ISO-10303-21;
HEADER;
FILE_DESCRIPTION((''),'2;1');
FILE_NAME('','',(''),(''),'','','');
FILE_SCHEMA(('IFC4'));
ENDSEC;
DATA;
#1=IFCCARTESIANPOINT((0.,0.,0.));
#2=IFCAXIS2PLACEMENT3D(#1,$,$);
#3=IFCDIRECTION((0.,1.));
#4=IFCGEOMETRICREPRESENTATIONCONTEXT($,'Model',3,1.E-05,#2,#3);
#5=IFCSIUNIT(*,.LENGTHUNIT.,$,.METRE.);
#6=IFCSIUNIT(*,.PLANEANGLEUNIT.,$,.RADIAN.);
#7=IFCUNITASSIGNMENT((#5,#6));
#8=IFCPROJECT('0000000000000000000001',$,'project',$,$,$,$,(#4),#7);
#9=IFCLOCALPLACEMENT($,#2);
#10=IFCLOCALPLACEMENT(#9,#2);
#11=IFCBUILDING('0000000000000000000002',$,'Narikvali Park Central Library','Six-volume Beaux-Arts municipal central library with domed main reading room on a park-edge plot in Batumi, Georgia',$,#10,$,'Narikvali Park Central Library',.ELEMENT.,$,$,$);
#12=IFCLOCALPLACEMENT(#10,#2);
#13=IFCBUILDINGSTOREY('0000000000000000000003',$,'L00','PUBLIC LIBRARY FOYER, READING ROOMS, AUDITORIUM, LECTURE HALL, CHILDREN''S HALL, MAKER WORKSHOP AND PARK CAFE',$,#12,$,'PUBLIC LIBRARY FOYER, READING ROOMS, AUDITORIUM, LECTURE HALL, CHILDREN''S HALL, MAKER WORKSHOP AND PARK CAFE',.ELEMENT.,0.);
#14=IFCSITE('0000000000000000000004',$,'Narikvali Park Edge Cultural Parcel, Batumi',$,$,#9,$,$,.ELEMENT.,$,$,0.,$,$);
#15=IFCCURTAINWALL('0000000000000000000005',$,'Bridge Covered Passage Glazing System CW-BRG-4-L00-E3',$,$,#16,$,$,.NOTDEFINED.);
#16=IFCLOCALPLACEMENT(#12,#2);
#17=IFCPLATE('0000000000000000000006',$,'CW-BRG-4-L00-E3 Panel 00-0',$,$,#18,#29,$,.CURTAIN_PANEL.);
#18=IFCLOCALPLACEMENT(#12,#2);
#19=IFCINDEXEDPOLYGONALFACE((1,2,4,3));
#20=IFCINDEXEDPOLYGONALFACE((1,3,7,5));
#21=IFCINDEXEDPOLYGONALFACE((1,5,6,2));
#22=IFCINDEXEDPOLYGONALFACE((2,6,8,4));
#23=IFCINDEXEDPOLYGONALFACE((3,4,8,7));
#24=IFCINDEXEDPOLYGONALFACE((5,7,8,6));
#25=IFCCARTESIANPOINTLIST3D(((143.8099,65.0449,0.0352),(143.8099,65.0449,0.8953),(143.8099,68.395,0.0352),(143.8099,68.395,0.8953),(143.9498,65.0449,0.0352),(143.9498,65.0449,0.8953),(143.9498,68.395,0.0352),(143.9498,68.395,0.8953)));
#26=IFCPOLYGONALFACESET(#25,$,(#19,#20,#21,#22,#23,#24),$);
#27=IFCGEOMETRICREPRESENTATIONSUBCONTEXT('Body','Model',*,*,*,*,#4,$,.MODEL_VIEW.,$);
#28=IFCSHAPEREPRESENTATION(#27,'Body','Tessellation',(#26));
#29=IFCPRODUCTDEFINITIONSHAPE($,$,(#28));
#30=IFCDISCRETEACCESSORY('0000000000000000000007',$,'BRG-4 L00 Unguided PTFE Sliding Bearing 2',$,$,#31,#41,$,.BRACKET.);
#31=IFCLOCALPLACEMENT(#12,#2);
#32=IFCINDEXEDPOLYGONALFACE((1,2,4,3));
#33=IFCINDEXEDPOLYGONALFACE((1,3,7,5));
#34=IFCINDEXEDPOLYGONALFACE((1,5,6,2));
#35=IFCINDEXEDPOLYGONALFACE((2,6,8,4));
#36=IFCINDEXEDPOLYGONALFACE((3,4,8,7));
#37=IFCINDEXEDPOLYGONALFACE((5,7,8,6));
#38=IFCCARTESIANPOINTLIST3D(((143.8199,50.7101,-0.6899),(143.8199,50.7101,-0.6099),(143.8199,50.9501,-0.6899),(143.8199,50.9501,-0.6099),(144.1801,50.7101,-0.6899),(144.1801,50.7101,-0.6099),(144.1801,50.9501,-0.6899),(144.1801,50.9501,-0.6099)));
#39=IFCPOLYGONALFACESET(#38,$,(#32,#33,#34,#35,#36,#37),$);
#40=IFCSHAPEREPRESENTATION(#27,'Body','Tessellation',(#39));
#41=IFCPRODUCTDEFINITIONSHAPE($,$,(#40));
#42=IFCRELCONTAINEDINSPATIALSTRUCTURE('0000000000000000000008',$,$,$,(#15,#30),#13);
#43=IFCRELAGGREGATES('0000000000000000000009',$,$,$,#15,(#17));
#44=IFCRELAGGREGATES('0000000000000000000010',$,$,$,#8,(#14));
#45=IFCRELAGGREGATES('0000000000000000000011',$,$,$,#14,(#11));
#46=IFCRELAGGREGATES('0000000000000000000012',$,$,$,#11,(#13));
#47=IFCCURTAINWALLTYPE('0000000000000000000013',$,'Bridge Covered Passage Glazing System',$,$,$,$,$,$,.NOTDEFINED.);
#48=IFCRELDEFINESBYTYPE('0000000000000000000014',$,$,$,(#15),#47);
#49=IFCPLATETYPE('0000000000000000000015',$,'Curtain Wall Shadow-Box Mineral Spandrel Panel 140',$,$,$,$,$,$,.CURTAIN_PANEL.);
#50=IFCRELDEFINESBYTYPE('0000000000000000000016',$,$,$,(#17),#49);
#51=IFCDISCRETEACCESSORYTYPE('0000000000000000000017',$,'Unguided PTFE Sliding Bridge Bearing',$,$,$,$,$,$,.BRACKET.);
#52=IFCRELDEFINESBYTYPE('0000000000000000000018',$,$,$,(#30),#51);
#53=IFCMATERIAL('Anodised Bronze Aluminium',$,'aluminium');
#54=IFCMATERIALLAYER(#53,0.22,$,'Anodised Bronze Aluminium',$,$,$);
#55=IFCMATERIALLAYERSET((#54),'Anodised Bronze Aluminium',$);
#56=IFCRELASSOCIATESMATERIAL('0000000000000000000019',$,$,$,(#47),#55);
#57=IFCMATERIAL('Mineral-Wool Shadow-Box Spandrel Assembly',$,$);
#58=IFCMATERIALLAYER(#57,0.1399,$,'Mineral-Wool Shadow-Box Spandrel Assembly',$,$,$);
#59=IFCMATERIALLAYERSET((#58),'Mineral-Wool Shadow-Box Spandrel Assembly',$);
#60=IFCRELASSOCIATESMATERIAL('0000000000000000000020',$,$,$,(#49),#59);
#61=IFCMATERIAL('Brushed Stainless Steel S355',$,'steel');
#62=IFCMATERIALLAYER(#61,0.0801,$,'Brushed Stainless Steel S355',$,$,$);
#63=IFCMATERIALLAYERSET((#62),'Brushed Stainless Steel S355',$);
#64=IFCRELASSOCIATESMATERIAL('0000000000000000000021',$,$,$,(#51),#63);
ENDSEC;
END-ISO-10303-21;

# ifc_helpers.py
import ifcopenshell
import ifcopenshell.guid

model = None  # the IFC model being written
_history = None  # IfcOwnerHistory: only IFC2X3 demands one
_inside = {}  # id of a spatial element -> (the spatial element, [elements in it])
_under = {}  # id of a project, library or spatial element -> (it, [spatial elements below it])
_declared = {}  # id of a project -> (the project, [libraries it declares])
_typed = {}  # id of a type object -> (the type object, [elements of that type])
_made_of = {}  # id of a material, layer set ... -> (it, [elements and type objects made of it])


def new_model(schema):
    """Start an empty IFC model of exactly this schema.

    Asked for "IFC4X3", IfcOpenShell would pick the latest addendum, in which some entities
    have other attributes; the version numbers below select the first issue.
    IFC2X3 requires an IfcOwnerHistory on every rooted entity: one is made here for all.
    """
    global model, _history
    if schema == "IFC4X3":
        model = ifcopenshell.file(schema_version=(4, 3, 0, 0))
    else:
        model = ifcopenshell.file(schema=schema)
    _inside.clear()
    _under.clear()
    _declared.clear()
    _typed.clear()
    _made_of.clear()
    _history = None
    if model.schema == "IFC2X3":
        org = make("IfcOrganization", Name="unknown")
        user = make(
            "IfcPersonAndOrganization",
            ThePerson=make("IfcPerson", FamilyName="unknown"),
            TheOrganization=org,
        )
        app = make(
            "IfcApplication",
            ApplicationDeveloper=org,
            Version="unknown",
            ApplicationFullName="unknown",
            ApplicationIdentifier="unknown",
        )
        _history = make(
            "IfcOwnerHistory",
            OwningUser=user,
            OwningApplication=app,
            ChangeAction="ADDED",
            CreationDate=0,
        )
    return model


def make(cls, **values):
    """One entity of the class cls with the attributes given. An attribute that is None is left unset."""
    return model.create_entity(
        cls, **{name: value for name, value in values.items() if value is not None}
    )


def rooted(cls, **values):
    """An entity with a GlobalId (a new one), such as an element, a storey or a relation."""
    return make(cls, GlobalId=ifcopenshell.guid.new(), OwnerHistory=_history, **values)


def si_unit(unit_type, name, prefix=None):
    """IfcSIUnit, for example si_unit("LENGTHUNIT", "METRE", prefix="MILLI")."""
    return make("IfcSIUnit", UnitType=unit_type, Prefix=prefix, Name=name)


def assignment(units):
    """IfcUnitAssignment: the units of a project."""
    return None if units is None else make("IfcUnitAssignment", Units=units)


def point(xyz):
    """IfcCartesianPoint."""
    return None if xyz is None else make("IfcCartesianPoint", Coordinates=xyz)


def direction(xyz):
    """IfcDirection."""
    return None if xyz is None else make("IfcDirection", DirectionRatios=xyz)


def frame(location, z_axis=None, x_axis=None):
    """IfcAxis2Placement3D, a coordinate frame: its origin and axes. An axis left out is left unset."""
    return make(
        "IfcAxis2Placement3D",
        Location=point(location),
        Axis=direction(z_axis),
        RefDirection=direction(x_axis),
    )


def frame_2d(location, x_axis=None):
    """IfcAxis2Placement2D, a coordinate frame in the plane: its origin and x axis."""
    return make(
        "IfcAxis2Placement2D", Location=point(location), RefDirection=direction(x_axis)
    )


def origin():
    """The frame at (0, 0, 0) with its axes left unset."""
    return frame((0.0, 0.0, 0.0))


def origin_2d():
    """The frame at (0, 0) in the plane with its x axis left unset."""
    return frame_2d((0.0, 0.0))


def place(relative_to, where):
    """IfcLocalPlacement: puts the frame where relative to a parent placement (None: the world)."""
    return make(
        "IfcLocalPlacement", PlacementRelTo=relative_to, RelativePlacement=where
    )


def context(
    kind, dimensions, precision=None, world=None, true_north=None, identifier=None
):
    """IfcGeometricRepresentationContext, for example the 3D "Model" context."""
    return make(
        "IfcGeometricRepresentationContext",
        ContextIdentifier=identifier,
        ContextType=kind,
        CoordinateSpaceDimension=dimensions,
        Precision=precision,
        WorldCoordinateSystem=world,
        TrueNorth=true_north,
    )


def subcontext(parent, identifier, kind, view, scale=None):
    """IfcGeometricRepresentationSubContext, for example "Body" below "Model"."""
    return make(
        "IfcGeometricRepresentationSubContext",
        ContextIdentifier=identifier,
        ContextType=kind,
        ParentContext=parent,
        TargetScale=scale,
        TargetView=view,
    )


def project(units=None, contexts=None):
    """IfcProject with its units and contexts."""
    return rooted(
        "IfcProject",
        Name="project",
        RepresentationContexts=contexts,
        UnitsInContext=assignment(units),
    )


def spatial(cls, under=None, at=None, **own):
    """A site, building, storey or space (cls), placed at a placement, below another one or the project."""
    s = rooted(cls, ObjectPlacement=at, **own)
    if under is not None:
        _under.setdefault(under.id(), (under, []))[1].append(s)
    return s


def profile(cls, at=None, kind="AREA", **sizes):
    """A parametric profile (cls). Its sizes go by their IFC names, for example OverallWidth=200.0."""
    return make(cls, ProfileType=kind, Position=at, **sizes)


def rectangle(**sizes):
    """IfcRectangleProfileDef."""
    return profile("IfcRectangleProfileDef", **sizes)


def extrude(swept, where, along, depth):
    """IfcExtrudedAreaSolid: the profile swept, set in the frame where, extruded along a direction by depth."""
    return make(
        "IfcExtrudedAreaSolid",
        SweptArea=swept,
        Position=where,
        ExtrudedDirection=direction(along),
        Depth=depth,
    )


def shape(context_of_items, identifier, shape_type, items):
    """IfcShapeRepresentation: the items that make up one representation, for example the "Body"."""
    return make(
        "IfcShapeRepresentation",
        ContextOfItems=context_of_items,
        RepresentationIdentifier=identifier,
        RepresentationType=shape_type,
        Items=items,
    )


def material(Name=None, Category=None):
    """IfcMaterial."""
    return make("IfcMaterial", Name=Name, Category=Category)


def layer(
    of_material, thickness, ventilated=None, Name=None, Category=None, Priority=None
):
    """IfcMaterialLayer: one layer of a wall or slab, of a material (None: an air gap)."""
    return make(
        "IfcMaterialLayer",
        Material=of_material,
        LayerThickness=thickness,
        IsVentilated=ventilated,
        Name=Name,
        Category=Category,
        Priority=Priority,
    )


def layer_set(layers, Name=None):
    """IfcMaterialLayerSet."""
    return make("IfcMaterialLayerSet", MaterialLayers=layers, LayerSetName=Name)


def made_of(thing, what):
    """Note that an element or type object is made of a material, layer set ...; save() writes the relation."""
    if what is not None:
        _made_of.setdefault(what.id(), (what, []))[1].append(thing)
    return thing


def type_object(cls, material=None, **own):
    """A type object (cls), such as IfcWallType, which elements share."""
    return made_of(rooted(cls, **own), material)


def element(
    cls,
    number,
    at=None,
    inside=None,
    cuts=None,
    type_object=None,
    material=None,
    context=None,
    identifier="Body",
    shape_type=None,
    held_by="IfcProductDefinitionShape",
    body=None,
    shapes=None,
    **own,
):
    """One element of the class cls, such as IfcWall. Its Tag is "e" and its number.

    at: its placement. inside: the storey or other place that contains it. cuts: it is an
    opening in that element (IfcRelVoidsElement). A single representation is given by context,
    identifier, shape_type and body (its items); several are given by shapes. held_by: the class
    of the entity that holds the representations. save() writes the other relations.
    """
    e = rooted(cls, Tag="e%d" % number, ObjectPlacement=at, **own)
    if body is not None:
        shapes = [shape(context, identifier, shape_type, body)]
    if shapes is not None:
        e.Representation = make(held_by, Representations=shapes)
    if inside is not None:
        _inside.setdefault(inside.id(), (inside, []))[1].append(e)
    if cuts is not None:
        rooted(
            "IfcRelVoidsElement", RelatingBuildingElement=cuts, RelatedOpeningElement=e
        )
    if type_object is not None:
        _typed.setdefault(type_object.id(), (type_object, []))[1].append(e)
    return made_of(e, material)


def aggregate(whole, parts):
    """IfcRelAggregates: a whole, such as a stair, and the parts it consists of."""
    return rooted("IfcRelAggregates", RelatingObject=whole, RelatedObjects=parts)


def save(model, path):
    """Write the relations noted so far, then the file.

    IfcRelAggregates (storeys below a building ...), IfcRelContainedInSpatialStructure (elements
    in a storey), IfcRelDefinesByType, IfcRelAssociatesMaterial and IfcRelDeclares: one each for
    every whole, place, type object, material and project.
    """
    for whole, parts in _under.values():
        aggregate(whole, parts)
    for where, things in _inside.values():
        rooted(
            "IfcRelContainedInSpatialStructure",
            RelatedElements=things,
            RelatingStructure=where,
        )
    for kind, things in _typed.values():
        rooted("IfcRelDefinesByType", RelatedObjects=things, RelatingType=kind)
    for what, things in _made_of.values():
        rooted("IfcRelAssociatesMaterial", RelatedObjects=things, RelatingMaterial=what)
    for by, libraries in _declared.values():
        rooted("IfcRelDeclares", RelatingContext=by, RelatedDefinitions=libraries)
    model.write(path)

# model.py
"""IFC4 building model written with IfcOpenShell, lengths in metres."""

from ifc_helpers import new_model, si_unit, direction, frame, origin, origin_2d, place, context, subcontext, project, spatial, rectangle, extrude, material, layer, layer_set, type_object, element, aggregate, save


model = new_model("IFC4")

# Units and contexts
model_context = context("Model", 3, precision=1e-05, world=origin(), true_north=direction((0.0, 1.0)))
body_context = subcontext(model_context, "Body", "Model", "MODEL_VIEW")
ifc_project = project(units=[si_unit("LENGTHUNIT", "METRE"), si_unit("PLANEANGLEUNIT", "RADIAN")], contexts=[model_context])

# Site, building, storey
site_placement = place(None, origin())
site = spatial("IfcSite", under=ifc_project, at=site_placement, Name="Narikvali Park Edge Cultural Parcel, Batumi", CompositionType="ELEMENT", RefElevation=0.0)
building_placement = place(site_placement, origin())
building = spatial("IfcBuilding", under=site, at=building_placement, Name="Narikvali Park Central Library", Description="Six-volume Beaux-Arts municipal central library with domed main reading room on a park-edge plot in Batumi, Georgia", LongName="Narikvali Park Central Library", CompositionType="ELEMENT")
storey_placement = place(building_placement, origin())
storey = spatial("IfcBuildingStorey", under=building, at=storey_placement, Name="L00", Description="PUBLIC LIBRARY FOYER, READING ROOMS, AUDITORIUM, LECTURE HALL, CHILDREN'S HALL, MAKER WORKSHOP AND PARK CAFE", LongName="PUBLIC LIBRARY FOYER, READING ROOMS, AUDITORIUM, LECTURE HALL, CHILDREN'S HALL, MAKER WORKSHOP AND PARK CAFE", CompositionType="ELEMENT", Elevation=0.0)

# Curtain wall
ifc_material_1 = material(Name="Anodised Bronze Aluminium", Category="aluminium")
ifc_layer_1 = layer(ifc_material_1, 0.22, Name="Anodised Bronze Aluminium")
ifc_layer_set_1 = layer_set([ifc_layer_1], Name="Anodised Bronze Aluminium")
curtain_wall_type = type_object("IfcCurtainWallType", Name="Bridge Covered Passage Glazing System", PredefinedType="NOTDEFINED", material=ifc_layer_set_1)
curtain_wall_1_placement = place(storey_placement, origin())
curtain_wall_1 = element("IfcCurtainWall", 1, at=curtain_wall_1_placement, inside=storey, type_object=curtain_wall_type, Name="Bridge Covered Passage Glazing System CW-BRG-4-L00-E3", PredefinedType="NOTDEFINED")

# Plate
ifc_material_2 = material(Name="Mineral-Wool Shadow-Box Spandrel Assembly")
ifc_layer_2 = layer(ifc_material_2, 0.1399, Name="Mineral-Wool Shadow-Box Spandrel Assembly")
ifc_layer_set_2 = layer_set([ifc_layer_2], Name="Mineral-Wool Shadow-Box Spandrel Assembly")
plate_type_1 = type_object("IfcPlateType", Name="Curtain Wall Shadow-Box Mineral Spandrel Panel 140", PredefinedType="CURTAIN_PANEL", material=ifc_layer_set_2)
plate_1_placement = place(storey_placement, frame((143.8799, 66.72, 0.0352), z_axis=(0.0, 0.0, 1.0), x_axis=(0.0, 1.0, 0.0)))
plate_1 = element("IfcPlate", 2, at=plate_1_placement, type_object=plate_type_1, Name="CW-BRG-4-L00-E3 Panel 00-0", PredefinedType="CURTAIN_PANEL", context=body_context, shape_type="SweptSolid", body=[
    extrude(rectangle(XDim=3.3501, YDim=0.1399, at=origin_2d()), origin(), (0.0, 0.0, 1.0), 0.8601),
])
aggregate(curtain_wall_1, [plate_1])

# Discrete accessory
ifc_material_3 = material(Name="Brushed Stainless Steel S355", Category="steel")
ifc_layer_3 = layer(ifc_material_3, 0.0801, Name="Brushed Stainless Steel S355")
ifc_layer_set_3 = layer_set([ifc_layer_3], Name="Brushed Stainless Steel S355")
discrete_accessory_type = type_object("IfcDiscreteAccessoryType", Name="Unguided PTFE Sliding Bridge Bearing", PredefinedType="BRACKET", material=ifc_layer_set_3)
discrete_accessory_placement = place(storey_placement, frame((144.0, 50.8301, -0.6899), z_axis=(0.0, 0.0, 1.0), x_axis=(1.0, 0.0, 0.0)))
element("IfcDiscreteAccessory", 3, at=discrete_accessory_placement, inside=storey, type_object=discrete_accessory_type, Name="BRG-4 L00 Unguided PTFE Sliding Bearing 2", PredefinedType="BRACKET", context=body_context, shape_type="SweptSolid", body=[
    extrude(rectangle(XDim=0.3601, YDim=0.24, at=origin_2d()), origin(), (0.0, 0.0, 1.0), 0.0801),
])

save(model, "model.ifc")
